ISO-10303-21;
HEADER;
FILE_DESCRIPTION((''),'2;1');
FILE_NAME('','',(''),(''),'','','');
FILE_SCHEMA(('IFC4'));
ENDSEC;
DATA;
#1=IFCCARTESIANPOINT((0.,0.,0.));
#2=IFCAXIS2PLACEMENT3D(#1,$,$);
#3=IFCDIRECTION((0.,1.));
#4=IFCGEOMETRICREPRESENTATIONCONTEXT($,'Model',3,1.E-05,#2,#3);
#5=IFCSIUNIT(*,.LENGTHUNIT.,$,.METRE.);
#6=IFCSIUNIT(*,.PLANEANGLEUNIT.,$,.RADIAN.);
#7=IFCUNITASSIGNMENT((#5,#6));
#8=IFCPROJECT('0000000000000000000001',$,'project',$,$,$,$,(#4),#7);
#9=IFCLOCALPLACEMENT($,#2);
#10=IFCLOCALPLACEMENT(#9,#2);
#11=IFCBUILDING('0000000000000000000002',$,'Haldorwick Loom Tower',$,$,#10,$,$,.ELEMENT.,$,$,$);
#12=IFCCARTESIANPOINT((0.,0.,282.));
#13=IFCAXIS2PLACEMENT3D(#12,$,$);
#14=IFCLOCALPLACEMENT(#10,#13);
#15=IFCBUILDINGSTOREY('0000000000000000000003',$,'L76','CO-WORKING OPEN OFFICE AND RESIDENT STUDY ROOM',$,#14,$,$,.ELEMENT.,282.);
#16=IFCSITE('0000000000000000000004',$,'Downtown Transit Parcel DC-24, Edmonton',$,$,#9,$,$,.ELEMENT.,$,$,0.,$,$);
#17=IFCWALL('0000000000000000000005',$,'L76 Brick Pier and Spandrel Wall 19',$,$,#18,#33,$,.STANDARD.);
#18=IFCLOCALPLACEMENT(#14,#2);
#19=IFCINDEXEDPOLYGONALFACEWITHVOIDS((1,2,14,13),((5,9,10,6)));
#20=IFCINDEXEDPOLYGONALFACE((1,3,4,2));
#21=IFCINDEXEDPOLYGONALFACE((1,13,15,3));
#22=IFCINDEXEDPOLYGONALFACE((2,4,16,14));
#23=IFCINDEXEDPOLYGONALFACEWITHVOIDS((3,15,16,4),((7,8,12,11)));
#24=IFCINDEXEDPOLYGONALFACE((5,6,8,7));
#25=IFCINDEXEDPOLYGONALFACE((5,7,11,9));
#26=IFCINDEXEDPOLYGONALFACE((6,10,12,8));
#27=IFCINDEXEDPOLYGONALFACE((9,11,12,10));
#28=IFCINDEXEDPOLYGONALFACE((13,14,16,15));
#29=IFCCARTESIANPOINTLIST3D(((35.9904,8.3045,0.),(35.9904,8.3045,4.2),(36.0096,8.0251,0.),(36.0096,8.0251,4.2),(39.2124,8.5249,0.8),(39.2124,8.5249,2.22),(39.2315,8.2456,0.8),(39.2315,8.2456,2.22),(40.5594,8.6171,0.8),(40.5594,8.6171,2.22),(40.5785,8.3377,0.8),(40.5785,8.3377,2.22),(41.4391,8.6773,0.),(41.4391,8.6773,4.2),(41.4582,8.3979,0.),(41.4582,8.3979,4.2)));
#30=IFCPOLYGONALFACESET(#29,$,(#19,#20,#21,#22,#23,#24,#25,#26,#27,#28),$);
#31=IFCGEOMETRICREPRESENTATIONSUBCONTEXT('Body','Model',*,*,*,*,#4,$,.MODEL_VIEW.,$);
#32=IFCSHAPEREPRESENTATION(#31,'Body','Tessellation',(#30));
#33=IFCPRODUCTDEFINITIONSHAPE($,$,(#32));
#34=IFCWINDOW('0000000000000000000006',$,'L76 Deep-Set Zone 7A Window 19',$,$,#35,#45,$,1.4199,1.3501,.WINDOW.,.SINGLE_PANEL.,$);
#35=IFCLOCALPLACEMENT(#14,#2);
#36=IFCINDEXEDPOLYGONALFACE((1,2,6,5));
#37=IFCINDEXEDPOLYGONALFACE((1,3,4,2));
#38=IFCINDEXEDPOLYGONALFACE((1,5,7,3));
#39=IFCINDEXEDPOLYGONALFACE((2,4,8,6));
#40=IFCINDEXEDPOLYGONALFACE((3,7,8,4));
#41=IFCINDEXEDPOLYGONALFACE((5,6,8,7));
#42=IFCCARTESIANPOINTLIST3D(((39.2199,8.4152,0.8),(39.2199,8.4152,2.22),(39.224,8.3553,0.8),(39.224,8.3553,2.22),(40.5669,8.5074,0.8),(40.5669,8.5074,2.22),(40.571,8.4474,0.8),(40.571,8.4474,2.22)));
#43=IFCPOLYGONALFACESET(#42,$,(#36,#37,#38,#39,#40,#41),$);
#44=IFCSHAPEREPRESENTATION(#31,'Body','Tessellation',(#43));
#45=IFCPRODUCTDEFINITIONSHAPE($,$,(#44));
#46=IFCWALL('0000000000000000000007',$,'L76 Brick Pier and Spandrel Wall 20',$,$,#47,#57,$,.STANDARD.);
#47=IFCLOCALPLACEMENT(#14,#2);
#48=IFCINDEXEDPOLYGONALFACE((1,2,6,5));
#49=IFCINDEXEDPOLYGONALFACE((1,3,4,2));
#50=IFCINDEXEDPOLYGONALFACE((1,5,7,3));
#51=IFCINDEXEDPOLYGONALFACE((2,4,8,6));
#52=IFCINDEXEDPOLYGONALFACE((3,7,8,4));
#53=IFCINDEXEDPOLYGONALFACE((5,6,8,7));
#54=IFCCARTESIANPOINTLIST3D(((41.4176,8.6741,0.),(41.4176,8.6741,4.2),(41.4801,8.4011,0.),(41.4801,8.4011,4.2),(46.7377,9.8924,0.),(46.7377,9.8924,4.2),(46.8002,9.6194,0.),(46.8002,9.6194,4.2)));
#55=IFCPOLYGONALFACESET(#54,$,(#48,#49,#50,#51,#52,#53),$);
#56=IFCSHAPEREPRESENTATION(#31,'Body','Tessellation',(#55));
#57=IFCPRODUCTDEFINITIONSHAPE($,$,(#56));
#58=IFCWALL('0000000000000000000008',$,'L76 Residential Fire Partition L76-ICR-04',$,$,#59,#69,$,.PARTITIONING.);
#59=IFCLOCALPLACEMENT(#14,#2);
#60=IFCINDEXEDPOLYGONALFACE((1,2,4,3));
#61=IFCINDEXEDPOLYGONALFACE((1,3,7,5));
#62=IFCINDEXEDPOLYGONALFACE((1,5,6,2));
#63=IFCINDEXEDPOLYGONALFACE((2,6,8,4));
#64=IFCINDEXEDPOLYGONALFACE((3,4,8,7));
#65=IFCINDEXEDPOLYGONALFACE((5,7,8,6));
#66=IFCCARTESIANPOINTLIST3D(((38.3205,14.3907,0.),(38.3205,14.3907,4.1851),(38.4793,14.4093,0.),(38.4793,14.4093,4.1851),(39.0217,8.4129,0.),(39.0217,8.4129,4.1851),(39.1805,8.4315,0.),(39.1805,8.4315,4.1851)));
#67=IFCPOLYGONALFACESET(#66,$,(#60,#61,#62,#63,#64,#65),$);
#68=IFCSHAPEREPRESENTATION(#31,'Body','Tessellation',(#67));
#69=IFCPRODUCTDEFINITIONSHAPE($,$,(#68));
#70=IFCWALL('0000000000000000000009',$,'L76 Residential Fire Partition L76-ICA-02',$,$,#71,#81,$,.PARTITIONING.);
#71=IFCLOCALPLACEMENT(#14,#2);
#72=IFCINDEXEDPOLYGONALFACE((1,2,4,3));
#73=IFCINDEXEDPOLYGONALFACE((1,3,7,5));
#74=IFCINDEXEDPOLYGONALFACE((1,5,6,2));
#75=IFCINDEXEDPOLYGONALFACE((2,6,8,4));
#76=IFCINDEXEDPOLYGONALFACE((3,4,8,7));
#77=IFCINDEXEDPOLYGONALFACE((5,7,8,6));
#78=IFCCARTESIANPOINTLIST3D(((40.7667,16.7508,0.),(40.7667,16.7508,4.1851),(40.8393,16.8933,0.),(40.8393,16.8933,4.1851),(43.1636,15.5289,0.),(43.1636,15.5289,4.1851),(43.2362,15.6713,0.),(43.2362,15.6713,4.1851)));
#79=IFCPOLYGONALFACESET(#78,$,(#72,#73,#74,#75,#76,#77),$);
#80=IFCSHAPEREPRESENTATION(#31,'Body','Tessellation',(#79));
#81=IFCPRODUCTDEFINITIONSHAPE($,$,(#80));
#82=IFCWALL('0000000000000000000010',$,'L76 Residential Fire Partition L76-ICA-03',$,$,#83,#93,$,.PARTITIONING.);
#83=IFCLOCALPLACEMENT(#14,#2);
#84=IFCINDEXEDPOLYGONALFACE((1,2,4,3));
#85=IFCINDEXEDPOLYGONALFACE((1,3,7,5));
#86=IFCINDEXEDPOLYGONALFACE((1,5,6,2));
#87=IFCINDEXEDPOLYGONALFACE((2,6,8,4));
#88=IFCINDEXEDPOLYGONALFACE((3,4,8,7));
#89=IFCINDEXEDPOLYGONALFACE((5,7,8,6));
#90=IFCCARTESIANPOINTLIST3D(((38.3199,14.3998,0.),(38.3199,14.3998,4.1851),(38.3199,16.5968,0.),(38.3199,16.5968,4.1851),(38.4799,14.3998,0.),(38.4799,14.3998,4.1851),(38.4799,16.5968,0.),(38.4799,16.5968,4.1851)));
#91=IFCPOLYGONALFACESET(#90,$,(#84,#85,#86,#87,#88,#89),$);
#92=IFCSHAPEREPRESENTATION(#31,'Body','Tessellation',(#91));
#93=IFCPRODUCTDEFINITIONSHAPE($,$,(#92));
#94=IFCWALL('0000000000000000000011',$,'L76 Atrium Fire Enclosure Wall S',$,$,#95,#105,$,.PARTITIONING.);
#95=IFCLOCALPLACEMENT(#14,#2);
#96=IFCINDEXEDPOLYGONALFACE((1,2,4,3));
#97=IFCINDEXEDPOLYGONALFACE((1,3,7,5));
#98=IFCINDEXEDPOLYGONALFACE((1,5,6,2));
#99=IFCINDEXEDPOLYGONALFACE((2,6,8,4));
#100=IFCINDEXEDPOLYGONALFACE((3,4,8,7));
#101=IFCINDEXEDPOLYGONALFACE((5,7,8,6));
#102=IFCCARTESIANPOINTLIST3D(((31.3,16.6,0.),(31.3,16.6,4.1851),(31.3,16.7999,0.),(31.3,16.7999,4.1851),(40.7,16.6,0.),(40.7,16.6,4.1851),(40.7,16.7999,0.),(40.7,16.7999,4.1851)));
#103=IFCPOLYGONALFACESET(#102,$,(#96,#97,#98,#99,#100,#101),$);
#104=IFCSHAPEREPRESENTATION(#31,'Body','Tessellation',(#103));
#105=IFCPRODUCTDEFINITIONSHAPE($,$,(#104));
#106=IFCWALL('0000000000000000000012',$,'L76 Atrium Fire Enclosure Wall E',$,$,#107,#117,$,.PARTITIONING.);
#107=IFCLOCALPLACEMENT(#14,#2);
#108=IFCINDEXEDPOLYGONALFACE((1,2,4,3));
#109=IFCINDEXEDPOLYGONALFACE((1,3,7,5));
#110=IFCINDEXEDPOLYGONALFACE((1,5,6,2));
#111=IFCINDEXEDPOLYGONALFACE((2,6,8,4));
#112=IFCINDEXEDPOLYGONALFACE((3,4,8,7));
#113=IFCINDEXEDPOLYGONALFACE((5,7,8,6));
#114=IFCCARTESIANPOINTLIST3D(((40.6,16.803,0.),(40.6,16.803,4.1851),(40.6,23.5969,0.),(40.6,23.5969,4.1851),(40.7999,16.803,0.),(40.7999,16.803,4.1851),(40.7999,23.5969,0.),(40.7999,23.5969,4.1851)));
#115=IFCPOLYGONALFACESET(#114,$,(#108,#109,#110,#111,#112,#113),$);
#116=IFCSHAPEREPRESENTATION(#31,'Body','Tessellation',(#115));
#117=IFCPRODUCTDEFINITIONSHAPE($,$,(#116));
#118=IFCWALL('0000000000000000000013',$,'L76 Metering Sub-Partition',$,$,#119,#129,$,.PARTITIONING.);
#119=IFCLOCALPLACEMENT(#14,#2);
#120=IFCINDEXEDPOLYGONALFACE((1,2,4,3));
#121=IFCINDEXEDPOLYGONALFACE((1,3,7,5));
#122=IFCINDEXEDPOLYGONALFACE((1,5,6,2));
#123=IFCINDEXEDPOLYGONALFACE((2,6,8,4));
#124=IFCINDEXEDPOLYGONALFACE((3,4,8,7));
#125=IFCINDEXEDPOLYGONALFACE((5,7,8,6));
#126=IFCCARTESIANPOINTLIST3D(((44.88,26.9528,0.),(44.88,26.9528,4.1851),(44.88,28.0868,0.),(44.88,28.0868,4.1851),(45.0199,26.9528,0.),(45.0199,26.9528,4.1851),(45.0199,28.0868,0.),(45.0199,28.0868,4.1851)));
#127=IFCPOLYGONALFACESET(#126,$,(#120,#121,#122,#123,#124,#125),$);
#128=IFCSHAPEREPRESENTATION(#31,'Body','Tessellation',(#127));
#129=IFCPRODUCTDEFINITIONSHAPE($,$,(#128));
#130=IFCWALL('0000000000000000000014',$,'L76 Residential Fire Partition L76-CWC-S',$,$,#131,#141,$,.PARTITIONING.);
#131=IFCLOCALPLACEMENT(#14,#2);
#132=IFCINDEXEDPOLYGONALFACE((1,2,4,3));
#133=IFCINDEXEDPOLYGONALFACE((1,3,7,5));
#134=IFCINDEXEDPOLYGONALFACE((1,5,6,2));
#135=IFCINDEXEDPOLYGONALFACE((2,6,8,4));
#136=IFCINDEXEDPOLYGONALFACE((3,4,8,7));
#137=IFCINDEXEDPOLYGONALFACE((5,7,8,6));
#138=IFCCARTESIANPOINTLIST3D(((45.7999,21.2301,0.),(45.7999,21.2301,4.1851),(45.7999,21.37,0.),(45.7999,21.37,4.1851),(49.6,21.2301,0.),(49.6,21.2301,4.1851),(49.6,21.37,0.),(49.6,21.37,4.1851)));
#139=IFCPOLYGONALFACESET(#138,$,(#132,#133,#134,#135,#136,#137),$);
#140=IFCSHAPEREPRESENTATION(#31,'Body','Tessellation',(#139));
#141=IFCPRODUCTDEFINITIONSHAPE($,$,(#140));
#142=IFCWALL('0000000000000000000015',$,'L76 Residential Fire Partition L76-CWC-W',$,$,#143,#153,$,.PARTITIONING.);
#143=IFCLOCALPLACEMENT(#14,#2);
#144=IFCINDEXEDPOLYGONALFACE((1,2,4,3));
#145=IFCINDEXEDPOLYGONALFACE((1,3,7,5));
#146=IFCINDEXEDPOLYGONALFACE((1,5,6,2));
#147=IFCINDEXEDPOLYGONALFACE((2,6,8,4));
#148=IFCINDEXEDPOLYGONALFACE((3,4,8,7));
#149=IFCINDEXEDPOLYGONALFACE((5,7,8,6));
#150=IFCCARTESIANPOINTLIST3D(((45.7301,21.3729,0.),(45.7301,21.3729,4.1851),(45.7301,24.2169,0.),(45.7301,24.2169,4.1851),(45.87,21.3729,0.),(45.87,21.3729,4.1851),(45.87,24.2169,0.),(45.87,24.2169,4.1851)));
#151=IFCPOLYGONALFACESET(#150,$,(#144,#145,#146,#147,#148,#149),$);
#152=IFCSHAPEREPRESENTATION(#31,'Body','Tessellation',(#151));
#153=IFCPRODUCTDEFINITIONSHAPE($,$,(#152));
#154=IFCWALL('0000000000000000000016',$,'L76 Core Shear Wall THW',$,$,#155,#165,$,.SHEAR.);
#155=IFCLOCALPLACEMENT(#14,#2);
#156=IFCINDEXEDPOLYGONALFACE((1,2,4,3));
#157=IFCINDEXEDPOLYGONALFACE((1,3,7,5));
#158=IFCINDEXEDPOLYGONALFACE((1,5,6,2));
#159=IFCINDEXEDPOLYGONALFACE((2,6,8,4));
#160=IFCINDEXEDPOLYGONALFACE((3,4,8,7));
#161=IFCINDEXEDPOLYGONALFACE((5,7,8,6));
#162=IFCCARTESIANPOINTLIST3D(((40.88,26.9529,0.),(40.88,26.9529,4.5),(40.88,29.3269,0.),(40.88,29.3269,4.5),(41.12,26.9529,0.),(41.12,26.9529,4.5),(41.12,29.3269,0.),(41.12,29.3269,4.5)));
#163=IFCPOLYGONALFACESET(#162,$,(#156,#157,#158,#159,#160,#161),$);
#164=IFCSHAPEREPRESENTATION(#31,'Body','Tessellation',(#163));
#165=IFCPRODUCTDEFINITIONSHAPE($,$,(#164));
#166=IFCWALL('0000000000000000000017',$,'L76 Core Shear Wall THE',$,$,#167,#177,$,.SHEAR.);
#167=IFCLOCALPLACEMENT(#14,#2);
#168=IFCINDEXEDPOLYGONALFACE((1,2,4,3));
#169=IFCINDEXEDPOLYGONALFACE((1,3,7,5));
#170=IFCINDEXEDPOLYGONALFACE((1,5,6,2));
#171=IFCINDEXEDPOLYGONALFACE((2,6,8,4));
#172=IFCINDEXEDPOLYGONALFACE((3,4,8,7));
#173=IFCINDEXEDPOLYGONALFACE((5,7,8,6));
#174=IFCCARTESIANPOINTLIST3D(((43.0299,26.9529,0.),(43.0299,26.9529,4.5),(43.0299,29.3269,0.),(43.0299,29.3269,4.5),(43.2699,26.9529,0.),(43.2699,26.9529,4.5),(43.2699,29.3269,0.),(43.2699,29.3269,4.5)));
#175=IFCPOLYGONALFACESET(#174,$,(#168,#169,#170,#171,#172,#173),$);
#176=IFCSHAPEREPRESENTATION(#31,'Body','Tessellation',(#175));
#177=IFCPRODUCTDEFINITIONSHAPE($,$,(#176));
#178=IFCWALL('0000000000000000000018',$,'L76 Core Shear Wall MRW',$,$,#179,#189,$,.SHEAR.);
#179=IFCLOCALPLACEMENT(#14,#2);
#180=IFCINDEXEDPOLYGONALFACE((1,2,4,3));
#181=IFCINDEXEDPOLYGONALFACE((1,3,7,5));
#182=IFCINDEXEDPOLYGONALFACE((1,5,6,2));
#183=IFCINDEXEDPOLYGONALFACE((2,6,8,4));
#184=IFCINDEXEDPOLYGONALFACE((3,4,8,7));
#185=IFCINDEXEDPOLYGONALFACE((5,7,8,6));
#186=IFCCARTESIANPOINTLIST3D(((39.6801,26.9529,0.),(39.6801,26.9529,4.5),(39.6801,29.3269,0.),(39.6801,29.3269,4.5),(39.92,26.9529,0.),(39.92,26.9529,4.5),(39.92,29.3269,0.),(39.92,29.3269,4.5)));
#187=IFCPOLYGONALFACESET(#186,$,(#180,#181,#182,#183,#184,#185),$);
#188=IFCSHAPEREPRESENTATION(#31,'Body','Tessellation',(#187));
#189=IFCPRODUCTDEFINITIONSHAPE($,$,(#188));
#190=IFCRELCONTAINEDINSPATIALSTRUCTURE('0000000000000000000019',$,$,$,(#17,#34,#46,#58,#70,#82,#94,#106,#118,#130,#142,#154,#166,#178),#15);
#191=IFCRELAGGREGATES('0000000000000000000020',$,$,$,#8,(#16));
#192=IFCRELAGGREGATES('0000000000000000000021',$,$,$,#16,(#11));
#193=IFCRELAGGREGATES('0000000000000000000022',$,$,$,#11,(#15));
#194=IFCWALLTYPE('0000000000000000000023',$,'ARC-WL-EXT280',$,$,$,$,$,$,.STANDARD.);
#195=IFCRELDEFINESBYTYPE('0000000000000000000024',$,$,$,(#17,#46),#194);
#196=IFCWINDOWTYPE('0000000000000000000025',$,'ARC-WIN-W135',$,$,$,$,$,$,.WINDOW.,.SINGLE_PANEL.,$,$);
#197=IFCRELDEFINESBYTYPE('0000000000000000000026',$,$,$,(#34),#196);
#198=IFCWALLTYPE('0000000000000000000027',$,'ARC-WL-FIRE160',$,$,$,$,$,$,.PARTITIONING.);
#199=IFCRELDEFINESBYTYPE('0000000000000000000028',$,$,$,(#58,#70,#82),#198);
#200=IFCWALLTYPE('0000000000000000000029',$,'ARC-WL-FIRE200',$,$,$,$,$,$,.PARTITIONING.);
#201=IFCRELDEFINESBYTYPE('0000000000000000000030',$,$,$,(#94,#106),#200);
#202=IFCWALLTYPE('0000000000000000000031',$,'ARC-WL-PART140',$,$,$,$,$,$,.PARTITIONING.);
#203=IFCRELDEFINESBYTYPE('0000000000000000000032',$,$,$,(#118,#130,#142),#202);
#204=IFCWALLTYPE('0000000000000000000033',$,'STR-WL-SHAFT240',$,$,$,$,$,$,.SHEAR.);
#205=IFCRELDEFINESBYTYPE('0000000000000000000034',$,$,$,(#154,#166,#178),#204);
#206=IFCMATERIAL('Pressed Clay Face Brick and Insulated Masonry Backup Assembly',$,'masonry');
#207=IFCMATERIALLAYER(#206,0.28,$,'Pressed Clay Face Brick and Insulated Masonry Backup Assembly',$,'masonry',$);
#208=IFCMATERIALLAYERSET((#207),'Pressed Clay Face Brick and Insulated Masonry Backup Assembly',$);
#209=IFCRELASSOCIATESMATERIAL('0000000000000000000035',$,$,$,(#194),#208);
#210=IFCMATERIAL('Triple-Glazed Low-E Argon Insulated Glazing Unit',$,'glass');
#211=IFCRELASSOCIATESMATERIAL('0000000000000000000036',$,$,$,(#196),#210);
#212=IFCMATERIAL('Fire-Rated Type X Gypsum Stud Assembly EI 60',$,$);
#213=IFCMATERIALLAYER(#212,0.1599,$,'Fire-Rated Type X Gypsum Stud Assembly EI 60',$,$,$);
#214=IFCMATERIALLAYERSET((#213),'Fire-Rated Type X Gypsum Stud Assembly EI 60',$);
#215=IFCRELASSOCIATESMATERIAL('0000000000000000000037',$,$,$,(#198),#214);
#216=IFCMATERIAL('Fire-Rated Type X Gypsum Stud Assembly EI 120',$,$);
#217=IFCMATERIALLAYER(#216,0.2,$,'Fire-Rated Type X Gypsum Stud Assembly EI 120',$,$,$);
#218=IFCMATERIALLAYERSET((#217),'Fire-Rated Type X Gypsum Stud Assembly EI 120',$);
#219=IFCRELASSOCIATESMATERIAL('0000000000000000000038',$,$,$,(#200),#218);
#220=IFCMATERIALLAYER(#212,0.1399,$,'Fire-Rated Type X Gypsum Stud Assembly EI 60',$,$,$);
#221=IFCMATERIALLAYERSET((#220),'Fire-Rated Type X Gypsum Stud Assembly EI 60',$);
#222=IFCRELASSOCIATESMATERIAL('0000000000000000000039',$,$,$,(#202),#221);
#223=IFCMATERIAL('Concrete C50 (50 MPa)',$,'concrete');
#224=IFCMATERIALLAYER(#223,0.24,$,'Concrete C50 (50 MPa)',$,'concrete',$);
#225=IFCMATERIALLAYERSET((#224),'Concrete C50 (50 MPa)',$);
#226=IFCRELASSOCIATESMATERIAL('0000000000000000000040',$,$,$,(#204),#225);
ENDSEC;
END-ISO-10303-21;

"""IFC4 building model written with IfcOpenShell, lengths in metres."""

from ifc_helpers import new_model, si_unit, direction, frame, frame_2d, origin, place, context, subcontext, project, spatial, rectangle, extrude, material, layer, layer_set, type_object, element, fill, save


model = new_model("IFC4")

# Units and contexts
model_context = context("Model", 3, precision=1e-05, world=origin(), true_north=direction((0.0, 1.0)))
body_context = subcontext(model_context, "Body", "Model", "MODEL_VIEW")
ifc_project = project(units=[si_unit("LENGTHUNIT", "METRE"), si_unit("PLANEANGLEUNIT", "RADIAN")], contexts=[model_context])

# Site, building, storey
site_placement = place(None, origin())
site = spatial("IfcSite", under=ifc_project, at=site_placement, Name="Downtown Transit Parcel DC-24, Edmonton", CompositionType="ELEMENT", RefElevation=0.0)
building_placement = place(site_placement, origin())
building = spatial("IfcBuilding", under=site, at=building_placement, Name="Haldorwick Loom Tower", CompositionType="ELEMENT")
storey_placement = place(building_placement, frame((0.0, 0.0, 282.0)))
storey = spatial("IfcBuildingStorey", under=building, at=storey_placement, Name="L76", Description="CO-WORKING OPEN OFFICE AND RESIDENT STUDY ROOM", CompositionType="ELEMENT", Elevation=282.0)

# Shared definitions
ifc_material_1 = material(Name="Concrete C50 (50 MPa)", Category="concrete")

# Wall, opening, window
ifc_material_2 = material(Name="Pressed Clay Face Brick and Insulated Masonry Backup Assembly", Category="masonry")
ifc_layer_1 = layer(ifc_material_2, 0.28, Name="Pressed Clay Face Brick and Insulated Masonry Backup Assembly", Category="masonry")
ifc_layer_set_1 = layer_set([ifc_layer_1], Name="Pressed Clay Face Brick and Insulated Masonry Backup Assembly")
wall_type_1 = type_object("IfcWallType", Name="ARC-WL-EXT280", PredefinedType="STANDARD", material=ifc_layer_set_1)
wall_1_placement = place(storey_placement, frame((36.0, 8.1648, 0.0), z_axis=(0.0, 0.0, 1.0), x_axis=(0.997668, 0.068261, 0.0)))
wall_1 = element("IfcWall", 1, at=wall_1_placement, inside=storey, type_object=wall_type_1, Name="L76 Brick Pier and Spandrel Wall 19", PredefinedType="STANDARD", context=body_context, shape_type="SweptSolid", body=[
    extrude(rectangle(XDim=5.4614, YDim=0.28, at=frame_2d((2.7307, 0.0))), origin(), (0.0, 0.0, 1.0), 4.2),
])
opening_placement = place(wall_1_placement, frame((3.2295, 0.0, 0.8)))
opening = element("IfcOpeningElement", 2, at=opening_placement, cuts=wall_1, PredefinedType="OPENING", context=body_context, shape_type="SweptSolid", body=[
    extrude(rectangle(XDim=1.3501, YDim=1.4199, at=frame_2d((0.675, 0.71))), frame((0.0, 0.1499, 0.0), z_axis=(0.0, -1.0, 0.0), x_axis=(1.0, 0.0, 0.0)), (0.0, 0.0, 1.0), 0.3),
])
ifc_material_3 = material(Name="Triple-Glazed Low-E Argon Insulated Glazing Unit", Category="glass")
window_type = type_object("IfcWindowType", Name="ARC-WIN-W135", PartitioningType="SINGLE_PANEL", PredefinedType="WINDOW", material=ifc_material_3)
window_placement = place(opening_placement, origin())
window = element("IfcWindow", 3, at=window_placement, inside=storey, type_object=window_type, Name="L76 Deep-Set Zone 7A Window 19", OverallHeight=1.4199, OverallWidth=1.3501, PartitioningType="SINGLE_PANEL", PredefinedType="WINDOW", context=body_context, shape_type="SweptSolid", body=[
    extrude(rectangle(XDim=1.3501, YDim=1.4199, at=frame_2d((0.675, 0.71))), frame((0.0, 0.03, 0.0), z_axis=(0.0, -1.0, 0.0), x_axis=(1.0, 0.0, 0.0)), (0.0, 0.0, 1.0), 0.0601),
])
fill(opening, window)

# Walls
wall_2_placement = place(storey_placement, frame((41.4487, 8.5376, 0.0), z_axis=(0.0, 0.0, 1.0), x_axis=(0.974769, 0.223216, 0.0)))
element("IfcWall", 4, at=wall_2_placement, inside=storey, type_object=wall_type_1, Name="L76 Brick Pier and Spandrel Wall 20", PredefinedType="STANDARD", context=body_context, shape_type="SweptSolid", body=[
    extrude(rectangle(XDim=5.4578, YDim=0.28, at=frame_2d((2.729, 0.0))), origin(), (0.0, 0.0, 1.0), 4.2),
])
ifc_material_4 = material(Name="Fire-Rated Type X Gypsum Stud Assembly EI 60")
ifc_layer_2 = layer(ifc_material_4, 0.1599, Name="Fire-Rated Type X Gypsum Stud Assembly EI 60")
ifc_layer_set_2 = layer_set([ifc_layer_2], Name="Fire-Rated Type X Gypsum Stud Assembly EI 60")
wall_type_2 = type_object("IfcWallType", Name="ARC-WL-FIRE160", PredefinedType="PARTITIONING", material=ifc_layer_set_2)
wall_3_placement = place(storey_placement, frame((38.3999, 14.3999, 0.0), z_axis=(0.0, 0.0, 1.0), x_axis=(0.116498, -0.993191, 0.0)))
element("IfcWall", 5, at=wall_3_placement, inside=storey, type_object=wall_type_2, Name="L76 Residential Fire Partition L76-ICR-04", PredefinedType="PARTITIONING", context=body_context, shape_type="SweptSolid", body=[
    extrude(rectangle(XDim=6.0188, YDim=0.1599, at=frame_2d((3.0093, 0.0))), origin(), (0.0, 0.0, 1.0), 4.1851),
])
wall_4_placement = place(storey_placement, frame((40.803, 16.822, 0.0), z_axis=(0.0, 0.0, 1.0), x_axis=(0.890916, -0.454169, 0.0)))
element("IfcWall", 6, at=wall_4_placement, inside=storey, type_object=wall_type_2, Name="L76 Residential Fire Partition L76-ICA-02", PredefinedType="PARTITIONING", context=body_context, shape_type="SweptSolid", body=[
    extrude(rectangle(XDim=2.6904, YDim=0.1599, at=frame_2d((1.3452, 0.0))), origin(), (0.0, 0.0, 1.0), 4.1851),
])
wall_5_placement = place(storey_placement, frame((38.3999, 16.5969, 0.0), z_axis=(0.0, 0.0, 1.0), x_axis=(0.0, -1.0, 0.0)))
element("IfcWall", 7, at=wall_5_placement, inside=storey, type_object=wall_type_2, Name="L76 Residential Fire Partition L76-ICA-03", PredefinedType="PARTITIONING", context=body_context, shape_type="SweptSolid", body=[
    extrude(rectangle(XDim=2.197, YDim=0.1599, at=frame_2d((1.0986, 0.0))), origin(), (0.0, 0.0, 1.0), 4.1851),
])
ifc_material_5 = material(Name="Fire-Rated Type X Gypsum Stud Assembly EI 120")
ifc_layer_3 = layer(ifc_material_5, 0.2, Name="Fire-Rated Type X Gypsum Stud Assembly EI 120")
ifc_layer_set_3 = layer_set([ifc_layer_3], Name="Fire-Rated Type X Gypsum Stud Assembly EI 120")
wall_type_3 = type_object("IfcWallType", Name="ARC-WL-FIRE200", PredefinedType="PARTITIONING", material=ifc_layer_set_3)
wall_6_placement = place(storey_placement, frame((40.7, 16.7, 0.0), z_axis=(0.0, 0.0, 1.0), x_axis=(-1.0, 0.0, 0.0)))
element("IfcWall", 8, at=wall_6_placement, inside=storey, type_object=wall_type_3, Name="L76 Atrium Fire Enclosure Wall S", PredefinedType="PARTITIONING", context=body_context, shape_type="SweptSolid", body=[
    extrude(rectangle(XDim=9.3999, YDim=0.2, at=frame_2d((4.7, 0.0))), origin(), (0.0, 0.0, 1.0), 4.1851),
])
wall_7_placement = place(storey_placement, frame((40.7, 23.5969, 0.0), z_axis=(0.0, 0.0, 1.0), x_axis=(0.0, -1.0, 0.0)))
element("IfcWall", 9, at=wall_7_placement, inside=storey, type_object=wall_type_3, Name="L76 Atrium Fire Enclosure Wall E", PredefinedType="PARTITIONING", context=body_context, shape_type="SweptSolid", body=[
    extrude(rectangle(XDim=6.7939, YDim=0.2, at=frame_2d((3.397, 0.0))), origin(), (0.0, 0.0, 1.0), 4.1851),
])
ifc_layer_4 = layer(ifc_material_4, 0.1399, Name="Fire-Rated Type X Gypsum Stud Assembly EI 60")
ifc_layer_set_4 = layer_set([ifc_layer_4], Name="Fire-Rated Type X Gypsum Stud Assembly EI 60")
wall_type_4 = type_object("IfcWallType", Name="ARC-WL-PART140", PredefinedType="PARTITIONING", material=ifc_layer_set_4)
wall_8_placement = place(storey_placement, frame((44.95, 26.9529, 0.0), z_axis=(0.0, 0.0, 1.0), x_axis=(0.0, 1.0, 0.0)))
element("IfcWall", 10, at=wall_8_placement, inside=storey, type_object=wall_type_4, Name="L76 Metering Sub-Partition", PredefinedType="PARTITIONING", context=body_context, shape_type="SweptSolid", body=[
    extrude(rectangle(XDim=1.134, YDim=0.1399, at=frame_2d((0.5669, 0.0))), origin(), (0.0, 0.0, 1.0), 4.1851),
])
wall_9_placement = place(storey_placement, frame((45.8, 21.3, 0.0), z_axis=(0.0, 0.0, 1.0), x_axis=(1.0, 0.0, 0.0)))
element("IfcWall", 11, at=wall_9_placement, inside=storey, type_object=wall_type_4, Name="L76 Residential Fire Partition L76-CWC-S", PredefinedType="PARTITIONING", context=body_context, shape_type="SweptSolid", body=[
    extrude(rectangle(XDim=3.8, YDim=0.1399, at=frame_2d((1.8999, 0.0))), origin(), (0.0, 0.0, 1.0), 4.1851),
])
wall_10_placement = place(storey_placement, frame((45.8, 21.373, 0.0), z_axis=(0.0, 0.0, 1.0), x_axis=(0.0, 1.0, 0.0)))
element("IfcWall", 12, at=wall_10_placement, inside=storey, type_object=wall_type_4, Name="L76 Residential Fire Partition L76-CWC-W", PredefinedType="PARTITIONING", context=body_context, shape_type="SweptSolid", body=[
    extrude(rectangle(XDim=2.844, YDim=0.1399, at=frame_2d((1.4219, 0.0))), origin(), (0.0, 0.0, 1.0), 4.1851),
])
ifc_layer_5 = layer(ifc_material_1, 0.24, Name="Concrete C50 (50 MPa)", Category="concrete")
ifc_layer_set_5 = layer_set([ifc_layer_5], Name="Concrete C50 (50 MPa)")
wall_type_5 = type_object("IfcWallType", Name="STR-WL-SHAFT240", PredefinedType="SHEAR", material=ifc_layer_set_5)
for number, where, z_axis, x_axis, name in (
    (13, (41.0, 26.9529, 0.0), (0.0, 0.0, 1.0), (0.0, 1.0, 0.0), "L76 Core Shear Wall THW"),
    (14, (43.1499, 26.9529, 0.0), (0.0, 0.0, 1.0), (0.0, 1.0, 0.0), "L76 Core Shear Wall THE"),
    (15, (39.8, 26.9529, 0.0), (0.0, 0.0, 1.0), (0.0, 1.0, 0.0), "L76 Core Shear Wall MRW"),
):
    element("IfcWall", number, at=place(storey_placement, frame(where, z_axis=z_axis, x_axis=x_axis)), inside=storey, type_object=wall_type_5, Name=name, PredefinedType="SHEAR", context=body_context, shape_type="SweptSolid", body=[
        extrude(rectangle(XDim=2.374, YDim=0.24, at=frame_2d((1.187, 0.0))), origin(), (0.0, 0.0, 1.0), 4.5),
    ])

save(model, "model.ifc")
